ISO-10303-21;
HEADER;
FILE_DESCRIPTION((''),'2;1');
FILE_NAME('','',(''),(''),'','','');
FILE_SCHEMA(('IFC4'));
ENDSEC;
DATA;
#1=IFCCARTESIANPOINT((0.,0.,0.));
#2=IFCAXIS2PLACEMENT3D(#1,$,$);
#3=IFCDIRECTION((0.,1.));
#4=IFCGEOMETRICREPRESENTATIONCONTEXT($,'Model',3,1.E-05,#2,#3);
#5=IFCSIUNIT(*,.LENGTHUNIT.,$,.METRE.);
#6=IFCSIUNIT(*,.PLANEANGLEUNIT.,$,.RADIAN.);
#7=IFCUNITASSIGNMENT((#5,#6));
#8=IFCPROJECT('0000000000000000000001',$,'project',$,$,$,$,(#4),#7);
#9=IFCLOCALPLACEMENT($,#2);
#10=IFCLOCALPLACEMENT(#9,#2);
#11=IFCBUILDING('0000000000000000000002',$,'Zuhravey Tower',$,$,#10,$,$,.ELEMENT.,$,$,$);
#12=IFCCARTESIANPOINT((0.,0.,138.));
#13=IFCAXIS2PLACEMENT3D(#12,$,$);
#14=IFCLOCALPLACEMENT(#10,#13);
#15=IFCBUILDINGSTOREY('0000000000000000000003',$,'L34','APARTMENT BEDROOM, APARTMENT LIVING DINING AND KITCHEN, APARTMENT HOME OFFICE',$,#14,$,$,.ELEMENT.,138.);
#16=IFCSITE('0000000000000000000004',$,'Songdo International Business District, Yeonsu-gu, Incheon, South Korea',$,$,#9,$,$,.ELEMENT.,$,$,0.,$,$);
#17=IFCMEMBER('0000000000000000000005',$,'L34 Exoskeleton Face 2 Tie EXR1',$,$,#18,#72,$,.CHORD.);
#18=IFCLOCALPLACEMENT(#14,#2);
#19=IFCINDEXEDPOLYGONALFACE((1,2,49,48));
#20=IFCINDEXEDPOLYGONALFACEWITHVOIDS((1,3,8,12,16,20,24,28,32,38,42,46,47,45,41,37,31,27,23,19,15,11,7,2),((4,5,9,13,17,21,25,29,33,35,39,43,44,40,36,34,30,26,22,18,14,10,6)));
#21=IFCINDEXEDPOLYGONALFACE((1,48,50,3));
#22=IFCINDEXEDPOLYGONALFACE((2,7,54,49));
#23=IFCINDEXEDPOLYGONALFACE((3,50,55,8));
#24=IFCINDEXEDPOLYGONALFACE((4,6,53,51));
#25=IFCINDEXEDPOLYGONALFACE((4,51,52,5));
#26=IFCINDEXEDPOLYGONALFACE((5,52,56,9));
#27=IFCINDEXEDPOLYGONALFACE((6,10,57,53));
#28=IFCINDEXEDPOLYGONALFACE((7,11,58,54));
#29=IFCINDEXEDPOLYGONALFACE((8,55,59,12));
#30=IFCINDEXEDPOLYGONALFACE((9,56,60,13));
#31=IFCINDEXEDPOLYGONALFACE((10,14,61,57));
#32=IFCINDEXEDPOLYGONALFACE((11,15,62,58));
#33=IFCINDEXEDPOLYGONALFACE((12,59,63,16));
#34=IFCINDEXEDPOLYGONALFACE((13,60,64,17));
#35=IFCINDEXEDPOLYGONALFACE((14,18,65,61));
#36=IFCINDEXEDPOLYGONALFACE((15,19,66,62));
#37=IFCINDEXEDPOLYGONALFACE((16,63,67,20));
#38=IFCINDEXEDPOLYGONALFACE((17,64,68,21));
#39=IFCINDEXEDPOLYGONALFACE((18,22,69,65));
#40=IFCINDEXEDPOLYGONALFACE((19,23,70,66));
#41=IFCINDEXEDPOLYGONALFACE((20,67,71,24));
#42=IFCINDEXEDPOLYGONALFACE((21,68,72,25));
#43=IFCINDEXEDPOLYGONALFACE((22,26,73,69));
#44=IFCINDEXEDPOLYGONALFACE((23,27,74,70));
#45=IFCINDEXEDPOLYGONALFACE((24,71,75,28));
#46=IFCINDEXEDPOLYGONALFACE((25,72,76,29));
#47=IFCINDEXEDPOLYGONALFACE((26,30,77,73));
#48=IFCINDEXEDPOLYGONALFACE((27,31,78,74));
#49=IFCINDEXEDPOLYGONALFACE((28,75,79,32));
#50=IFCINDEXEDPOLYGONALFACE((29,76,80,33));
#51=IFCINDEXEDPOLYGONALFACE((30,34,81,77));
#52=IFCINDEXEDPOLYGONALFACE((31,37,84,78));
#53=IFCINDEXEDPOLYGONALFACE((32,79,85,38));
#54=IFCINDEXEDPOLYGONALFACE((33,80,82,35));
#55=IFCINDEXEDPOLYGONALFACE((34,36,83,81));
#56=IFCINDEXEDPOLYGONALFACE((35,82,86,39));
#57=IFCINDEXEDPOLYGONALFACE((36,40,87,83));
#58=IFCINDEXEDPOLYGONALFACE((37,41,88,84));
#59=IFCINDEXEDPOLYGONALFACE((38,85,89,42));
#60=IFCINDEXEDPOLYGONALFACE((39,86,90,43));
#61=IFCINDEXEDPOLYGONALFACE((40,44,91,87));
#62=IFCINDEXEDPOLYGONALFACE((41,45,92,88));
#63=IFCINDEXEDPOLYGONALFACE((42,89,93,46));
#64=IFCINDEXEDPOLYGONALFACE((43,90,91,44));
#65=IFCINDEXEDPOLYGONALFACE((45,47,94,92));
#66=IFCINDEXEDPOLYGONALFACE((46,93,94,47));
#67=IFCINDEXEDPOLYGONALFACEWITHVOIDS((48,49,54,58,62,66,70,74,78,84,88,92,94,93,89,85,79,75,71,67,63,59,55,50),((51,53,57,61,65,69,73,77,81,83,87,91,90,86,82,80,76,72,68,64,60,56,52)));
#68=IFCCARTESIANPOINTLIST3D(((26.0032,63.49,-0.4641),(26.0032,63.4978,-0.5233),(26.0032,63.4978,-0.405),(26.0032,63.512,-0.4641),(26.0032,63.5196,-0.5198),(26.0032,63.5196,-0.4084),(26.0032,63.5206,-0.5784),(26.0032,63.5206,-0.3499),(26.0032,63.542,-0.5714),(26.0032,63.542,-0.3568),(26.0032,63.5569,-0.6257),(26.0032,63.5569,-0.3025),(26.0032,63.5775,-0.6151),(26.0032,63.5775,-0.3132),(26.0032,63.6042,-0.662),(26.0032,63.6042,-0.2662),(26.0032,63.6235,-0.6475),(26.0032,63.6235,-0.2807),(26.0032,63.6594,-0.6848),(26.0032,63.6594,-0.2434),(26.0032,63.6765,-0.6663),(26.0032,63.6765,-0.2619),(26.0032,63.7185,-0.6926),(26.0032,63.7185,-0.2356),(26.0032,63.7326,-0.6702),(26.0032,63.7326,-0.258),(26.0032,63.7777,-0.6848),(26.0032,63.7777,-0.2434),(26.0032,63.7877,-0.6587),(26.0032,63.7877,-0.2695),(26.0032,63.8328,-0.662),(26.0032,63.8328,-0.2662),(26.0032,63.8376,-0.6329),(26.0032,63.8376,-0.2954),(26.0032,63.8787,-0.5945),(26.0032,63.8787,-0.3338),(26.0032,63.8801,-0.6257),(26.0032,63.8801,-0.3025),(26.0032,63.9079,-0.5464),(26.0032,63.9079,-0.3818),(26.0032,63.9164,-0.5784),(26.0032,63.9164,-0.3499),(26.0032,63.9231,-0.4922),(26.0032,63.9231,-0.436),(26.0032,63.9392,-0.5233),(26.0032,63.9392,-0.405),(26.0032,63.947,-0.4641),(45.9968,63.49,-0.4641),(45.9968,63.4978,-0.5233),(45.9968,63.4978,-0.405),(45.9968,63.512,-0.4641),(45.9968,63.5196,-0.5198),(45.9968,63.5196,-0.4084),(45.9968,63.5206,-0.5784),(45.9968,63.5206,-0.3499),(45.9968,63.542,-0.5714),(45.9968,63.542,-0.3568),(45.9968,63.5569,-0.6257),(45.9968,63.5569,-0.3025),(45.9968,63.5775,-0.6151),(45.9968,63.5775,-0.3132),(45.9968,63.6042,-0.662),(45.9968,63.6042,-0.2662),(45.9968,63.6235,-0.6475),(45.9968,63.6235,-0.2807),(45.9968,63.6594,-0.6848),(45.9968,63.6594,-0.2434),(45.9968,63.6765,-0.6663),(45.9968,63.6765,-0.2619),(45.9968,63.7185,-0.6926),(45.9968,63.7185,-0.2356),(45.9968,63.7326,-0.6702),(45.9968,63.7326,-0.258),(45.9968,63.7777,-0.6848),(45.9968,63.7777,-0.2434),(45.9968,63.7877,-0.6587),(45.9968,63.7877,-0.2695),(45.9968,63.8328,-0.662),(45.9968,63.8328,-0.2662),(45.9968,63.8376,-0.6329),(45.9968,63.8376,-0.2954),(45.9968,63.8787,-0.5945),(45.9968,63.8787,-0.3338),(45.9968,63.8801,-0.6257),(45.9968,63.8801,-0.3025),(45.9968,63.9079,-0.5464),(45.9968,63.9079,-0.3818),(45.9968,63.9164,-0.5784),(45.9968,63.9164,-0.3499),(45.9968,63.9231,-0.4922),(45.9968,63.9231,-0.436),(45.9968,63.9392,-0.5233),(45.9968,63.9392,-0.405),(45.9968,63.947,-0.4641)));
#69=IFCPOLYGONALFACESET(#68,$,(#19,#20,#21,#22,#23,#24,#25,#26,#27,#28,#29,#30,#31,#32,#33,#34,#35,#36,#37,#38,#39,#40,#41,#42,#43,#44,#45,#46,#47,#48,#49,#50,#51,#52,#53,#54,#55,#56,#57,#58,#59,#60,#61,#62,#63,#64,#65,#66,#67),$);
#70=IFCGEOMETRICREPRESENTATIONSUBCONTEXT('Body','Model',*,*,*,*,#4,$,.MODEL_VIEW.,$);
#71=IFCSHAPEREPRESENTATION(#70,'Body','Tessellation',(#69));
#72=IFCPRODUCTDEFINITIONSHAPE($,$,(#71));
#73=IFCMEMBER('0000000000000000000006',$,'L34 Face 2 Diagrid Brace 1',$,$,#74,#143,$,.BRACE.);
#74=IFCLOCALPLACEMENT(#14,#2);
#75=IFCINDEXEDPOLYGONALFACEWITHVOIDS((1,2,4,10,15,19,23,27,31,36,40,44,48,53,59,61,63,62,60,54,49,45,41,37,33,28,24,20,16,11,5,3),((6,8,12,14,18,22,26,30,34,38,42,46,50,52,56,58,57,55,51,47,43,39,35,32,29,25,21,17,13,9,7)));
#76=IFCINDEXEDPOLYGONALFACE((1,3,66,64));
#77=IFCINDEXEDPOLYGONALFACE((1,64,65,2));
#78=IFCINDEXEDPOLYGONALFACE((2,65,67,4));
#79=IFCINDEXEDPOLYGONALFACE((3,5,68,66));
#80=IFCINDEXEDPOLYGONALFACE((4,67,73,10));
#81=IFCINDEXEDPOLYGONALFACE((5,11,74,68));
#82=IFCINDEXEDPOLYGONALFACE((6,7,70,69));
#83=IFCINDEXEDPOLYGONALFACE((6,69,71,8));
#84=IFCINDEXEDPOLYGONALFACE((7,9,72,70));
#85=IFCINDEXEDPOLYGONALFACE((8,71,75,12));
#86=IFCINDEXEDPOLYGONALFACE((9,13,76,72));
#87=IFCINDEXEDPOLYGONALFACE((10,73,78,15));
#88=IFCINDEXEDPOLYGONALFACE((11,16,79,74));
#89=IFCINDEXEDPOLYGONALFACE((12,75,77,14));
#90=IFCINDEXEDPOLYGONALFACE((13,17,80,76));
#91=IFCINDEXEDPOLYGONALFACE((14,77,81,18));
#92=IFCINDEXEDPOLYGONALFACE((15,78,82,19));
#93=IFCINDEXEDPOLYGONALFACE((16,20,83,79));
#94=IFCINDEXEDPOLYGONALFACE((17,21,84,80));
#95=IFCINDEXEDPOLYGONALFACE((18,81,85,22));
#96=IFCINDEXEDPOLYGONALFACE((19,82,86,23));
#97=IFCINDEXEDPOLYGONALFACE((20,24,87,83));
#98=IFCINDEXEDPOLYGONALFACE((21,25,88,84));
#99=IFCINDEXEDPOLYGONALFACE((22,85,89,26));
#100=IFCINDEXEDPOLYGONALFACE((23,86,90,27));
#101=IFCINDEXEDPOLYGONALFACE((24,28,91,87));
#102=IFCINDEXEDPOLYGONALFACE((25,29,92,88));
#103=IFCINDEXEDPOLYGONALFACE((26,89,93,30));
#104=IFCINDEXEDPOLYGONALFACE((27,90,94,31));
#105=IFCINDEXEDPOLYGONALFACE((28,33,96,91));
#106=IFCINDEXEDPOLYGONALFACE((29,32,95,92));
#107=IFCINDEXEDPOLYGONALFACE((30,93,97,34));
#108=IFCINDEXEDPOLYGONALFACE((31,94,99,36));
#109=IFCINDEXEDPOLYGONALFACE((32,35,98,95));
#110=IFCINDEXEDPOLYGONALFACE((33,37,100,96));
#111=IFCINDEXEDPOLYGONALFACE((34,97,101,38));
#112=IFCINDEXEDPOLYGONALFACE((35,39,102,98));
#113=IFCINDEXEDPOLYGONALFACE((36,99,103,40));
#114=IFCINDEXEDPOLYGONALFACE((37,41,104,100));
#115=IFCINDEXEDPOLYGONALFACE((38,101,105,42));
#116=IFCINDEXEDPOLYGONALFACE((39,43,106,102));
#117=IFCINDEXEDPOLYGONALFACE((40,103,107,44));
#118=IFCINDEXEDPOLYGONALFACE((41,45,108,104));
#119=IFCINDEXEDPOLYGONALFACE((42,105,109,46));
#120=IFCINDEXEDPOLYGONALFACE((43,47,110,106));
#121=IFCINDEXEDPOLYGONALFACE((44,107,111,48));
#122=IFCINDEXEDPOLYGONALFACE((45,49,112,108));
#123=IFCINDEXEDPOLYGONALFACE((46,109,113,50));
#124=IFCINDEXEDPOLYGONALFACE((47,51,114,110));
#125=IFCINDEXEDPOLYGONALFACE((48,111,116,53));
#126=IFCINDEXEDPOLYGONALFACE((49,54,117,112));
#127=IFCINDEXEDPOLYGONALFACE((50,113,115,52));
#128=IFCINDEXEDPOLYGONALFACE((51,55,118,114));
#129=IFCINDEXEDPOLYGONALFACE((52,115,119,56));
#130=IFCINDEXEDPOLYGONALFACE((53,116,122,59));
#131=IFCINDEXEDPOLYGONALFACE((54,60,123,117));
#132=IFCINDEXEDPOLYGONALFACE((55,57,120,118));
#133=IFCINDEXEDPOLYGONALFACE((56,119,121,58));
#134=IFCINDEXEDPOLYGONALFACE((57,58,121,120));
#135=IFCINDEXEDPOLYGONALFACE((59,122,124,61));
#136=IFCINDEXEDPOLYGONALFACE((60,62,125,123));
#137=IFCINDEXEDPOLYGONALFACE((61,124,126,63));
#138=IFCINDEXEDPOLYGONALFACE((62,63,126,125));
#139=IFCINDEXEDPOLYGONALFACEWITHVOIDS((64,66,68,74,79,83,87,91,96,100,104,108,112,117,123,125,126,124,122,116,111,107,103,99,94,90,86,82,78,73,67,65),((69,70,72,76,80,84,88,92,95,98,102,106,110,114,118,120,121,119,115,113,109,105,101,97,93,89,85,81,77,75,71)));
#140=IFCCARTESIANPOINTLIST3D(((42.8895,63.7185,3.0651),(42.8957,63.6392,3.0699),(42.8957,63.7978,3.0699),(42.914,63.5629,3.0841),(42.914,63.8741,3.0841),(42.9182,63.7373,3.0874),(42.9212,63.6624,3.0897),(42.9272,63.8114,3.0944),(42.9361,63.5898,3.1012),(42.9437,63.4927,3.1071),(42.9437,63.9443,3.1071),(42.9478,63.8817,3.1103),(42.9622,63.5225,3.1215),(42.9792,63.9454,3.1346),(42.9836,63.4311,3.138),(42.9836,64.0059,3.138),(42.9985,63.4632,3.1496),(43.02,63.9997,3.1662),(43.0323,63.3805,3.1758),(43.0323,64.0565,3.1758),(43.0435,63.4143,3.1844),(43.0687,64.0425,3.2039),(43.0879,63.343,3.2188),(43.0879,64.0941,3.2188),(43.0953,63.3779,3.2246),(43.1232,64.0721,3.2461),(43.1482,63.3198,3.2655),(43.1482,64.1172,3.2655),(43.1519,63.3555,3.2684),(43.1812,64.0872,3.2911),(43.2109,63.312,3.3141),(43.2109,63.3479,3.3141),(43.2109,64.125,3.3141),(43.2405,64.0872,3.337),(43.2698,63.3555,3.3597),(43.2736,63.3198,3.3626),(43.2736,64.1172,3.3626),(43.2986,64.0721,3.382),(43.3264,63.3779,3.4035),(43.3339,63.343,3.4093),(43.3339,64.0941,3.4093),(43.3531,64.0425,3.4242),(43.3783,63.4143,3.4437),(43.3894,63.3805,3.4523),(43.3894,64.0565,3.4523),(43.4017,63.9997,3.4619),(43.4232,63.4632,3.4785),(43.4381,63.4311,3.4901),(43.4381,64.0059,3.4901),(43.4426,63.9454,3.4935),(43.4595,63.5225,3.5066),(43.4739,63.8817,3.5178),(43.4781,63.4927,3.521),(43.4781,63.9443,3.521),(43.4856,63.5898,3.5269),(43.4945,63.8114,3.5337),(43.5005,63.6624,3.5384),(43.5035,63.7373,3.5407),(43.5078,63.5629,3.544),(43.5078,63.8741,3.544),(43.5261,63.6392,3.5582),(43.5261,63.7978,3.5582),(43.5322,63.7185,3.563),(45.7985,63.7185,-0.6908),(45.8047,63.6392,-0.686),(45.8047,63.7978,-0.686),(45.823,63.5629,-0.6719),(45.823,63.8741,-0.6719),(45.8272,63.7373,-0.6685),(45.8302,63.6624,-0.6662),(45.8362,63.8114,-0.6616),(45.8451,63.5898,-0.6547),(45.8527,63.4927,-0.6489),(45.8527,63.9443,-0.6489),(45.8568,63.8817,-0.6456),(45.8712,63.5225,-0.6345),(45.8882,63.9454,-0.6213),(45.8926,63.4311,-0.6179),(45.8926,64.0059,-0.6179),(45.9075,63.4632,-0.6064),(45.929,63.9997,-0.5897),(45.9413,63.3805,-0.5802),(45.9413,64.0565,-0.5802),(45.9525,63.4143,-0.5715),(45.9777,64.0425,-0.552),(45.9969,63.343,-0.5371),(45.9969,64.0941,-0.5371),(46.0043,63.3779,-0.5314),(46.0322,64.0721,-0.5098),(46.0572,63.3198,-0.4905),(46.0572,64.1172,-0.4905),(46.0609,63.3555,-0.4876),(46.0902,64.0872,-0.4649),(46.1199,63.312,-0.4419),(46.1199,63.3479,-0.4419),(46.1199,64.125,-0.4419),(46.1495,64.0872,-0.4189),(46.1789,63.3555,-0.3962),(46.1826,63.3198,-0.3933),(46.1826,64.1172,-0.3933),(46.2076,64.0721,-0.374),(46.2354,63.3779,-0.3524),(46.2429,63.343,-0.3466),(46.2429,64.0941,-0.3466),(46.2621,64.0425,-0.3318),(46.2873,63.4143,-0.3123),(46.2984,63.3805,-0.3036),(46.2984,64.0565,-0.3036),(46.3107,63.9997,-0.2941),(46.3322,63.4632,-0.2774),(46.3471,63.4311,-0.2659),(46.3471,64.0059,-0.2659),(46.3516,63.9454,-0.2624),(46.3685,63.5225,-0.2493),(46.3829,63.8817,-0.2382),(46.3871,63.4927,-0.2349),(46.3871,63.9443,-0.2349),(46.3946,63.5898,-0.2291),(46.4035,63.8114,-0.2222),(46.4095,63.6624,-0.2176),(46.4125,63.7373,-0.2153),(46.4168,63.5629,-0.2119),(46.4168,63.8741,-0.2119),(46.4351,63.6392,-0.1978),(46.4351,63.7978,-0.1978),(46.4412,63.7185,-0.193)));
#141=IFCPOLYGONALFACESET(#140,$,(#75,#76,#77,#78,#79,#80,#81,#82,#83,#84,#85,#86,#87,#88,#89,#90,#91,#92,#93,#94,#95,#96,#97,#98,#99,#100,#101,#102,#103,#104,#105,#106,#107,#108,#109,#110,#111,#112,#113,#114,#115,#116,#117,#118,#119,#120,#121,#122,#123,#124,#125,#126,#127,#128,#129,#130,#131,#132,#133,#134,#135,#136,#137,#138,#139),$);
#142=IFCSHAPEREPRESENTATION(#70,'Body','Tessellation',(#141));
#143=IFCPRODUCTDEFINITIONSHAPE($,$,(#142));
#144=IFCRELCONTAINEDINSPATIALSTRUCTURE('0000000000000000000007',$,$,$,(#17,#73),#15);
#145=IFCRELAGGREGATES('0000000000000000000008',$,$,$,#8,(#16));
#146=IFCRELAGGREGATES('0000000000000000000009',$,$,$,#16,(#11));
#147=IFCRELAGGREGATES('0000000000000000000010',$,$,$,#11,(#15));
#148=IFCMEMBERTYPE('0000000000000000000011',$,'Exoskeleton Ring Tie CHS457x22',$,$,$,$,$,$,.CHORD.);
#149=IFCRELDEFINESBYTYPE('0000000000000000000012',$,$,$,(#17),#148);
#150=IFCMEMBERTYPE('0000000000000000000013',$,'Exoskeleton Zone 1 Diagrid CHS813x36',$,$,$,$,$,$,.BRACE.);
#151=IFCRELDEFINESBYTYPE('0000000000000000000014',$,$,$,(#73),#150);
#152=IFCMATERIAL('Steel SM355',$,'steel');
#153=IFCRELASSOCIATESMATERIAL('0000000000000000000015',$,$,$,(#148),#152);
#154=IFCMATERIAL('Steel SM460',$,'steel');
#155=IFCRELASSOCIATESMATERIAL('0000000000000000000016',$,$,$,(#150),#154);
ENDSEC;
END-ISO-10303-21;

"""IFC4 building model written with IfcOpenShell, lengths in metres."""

from ifc_helpers import new_model, si_unit, direction, frame, origin, origin_2d, place, context, subcontext, project, spatial, hollow_circle, extrude, material, material_profile, profile_set, type_object, element, save


model = new_model("IFC4")

# Units and contexts
model_context = context("Model", 3, precision=1e-05, world=origin(), true_north=direction((0.0, 1.0)))
body_context = subcontext(model_context, "Body", "Model", "MODEL_VIEW")
ifc_project = project(units=[si_unit("LENGTHUNIT", "METRE"), si_unit("PLANEANGLEUNIT", "RADIAN")], contexts=[model_context])

# Site, building, storey
site_placement = place(None, origin())
site = spatial("IfcSite", under=ifc_project, at=site_placement, Name="Songdo International Business District, Yeonsu-gu, Incheon, South Korea", CompositionType="ELEMENT", RefElevation=0.0)
building_placement = place(site_placement, origin())
building = spatial("IfcBuilding", under=site, at=building_placement, Name="Zuhravey Tower", CompositionType="ELEMENT")
storey_placement = place(building_placement, frame((0.0, 0.0, 138.0)))
storey = spatial("IfcBuildingStorey", under=building, at=storey_placement, Name="L34", Description="APARTMENT BEDROOM, APARTMENT LIVING DINING AND KITCHEN, APARTMENT HOME OFFICE", CompositionType="ELEMENT", Elevation=138.0)

# Shared definitions
ifc_material_1 = material(Name="Steel SM460", Category="steel")

# Members
ifc_material_2 = material(Name="Steel SM355", Category="steel")
ifc_material_profile_1 = material_profile(ifc_material_2, hollow_circle(Radius=0.2285, WallThickness=0.022, at=origin_2d()), Name="CHS-457.2x22")
ifc_profile_set_1 = profile_set([ifc_material_profile_1], Name="Steel SM355")
member_type_1 = type_object("IfcMemberType", Name="Exoskeleton Ring Tie CHS457x22", PredefinedType="CHORD", material=ifc_profile_set_1)
member_1_placement = place(storey_placement, frame((45.9968, 63.7185, -0.4641), z_axis=(-1.0, 0.0, 0.0), x_axis=(0.0, -1.0, 0.0)))
element("IfcMember", 1, at=member_1_placement, inside=storey, type_object=member_type_1, Name="L34 Exoskeleton Face 2 Tie EXR1", PredefinedType="CHORD", context=body_context, shape_type="SweptSolid", body=[
    extrude(hollow_circle(Radius=0.2285, WallThickness=0.022, at=origin_2d()), origin(), (0.0, 0.0, 1.0), 19.9937),
])
ifc_material_profile_2 = material_profile(ifc_material_1, hollow_circle(Radius=0.4065, WallThickness=0.0359, at=origin_2d()), Name="CHS-812.8x36")
ifc_profile_set_2 = profile_set([ifc_material_profile_2], Name="Steel SM460")
member_type_2 = type_object("IfcMemberType", Name="Exoskeleton Zone 1 Diagrid CHS813x36", PredefinedType="BRACE", material=ifc_profile_set_2)
member_2_placement = place(storey_placement, frame((46.1199, 63.7185, -0.4419), z_axis=(-0.612328, 0.0, 0.790604), x_axis=(0.0, -1.0, 0.0)))
element("IfcMember", 2, at=member_2_placement, inside=storey, type_object=member_type_2, Name="L34 Face 2 Diagrid Brace 1", PredefinedType="BRACE", context=body_context, shape_type="SweptSolid", body=[
    extrude(hollow_circle(Radius=0.4065, WallThickness=0.0359, at=origin_2d()), origin(), (0.0, 0.0, 1.0), 4.7507),
])

save(model, "model.ifc")
